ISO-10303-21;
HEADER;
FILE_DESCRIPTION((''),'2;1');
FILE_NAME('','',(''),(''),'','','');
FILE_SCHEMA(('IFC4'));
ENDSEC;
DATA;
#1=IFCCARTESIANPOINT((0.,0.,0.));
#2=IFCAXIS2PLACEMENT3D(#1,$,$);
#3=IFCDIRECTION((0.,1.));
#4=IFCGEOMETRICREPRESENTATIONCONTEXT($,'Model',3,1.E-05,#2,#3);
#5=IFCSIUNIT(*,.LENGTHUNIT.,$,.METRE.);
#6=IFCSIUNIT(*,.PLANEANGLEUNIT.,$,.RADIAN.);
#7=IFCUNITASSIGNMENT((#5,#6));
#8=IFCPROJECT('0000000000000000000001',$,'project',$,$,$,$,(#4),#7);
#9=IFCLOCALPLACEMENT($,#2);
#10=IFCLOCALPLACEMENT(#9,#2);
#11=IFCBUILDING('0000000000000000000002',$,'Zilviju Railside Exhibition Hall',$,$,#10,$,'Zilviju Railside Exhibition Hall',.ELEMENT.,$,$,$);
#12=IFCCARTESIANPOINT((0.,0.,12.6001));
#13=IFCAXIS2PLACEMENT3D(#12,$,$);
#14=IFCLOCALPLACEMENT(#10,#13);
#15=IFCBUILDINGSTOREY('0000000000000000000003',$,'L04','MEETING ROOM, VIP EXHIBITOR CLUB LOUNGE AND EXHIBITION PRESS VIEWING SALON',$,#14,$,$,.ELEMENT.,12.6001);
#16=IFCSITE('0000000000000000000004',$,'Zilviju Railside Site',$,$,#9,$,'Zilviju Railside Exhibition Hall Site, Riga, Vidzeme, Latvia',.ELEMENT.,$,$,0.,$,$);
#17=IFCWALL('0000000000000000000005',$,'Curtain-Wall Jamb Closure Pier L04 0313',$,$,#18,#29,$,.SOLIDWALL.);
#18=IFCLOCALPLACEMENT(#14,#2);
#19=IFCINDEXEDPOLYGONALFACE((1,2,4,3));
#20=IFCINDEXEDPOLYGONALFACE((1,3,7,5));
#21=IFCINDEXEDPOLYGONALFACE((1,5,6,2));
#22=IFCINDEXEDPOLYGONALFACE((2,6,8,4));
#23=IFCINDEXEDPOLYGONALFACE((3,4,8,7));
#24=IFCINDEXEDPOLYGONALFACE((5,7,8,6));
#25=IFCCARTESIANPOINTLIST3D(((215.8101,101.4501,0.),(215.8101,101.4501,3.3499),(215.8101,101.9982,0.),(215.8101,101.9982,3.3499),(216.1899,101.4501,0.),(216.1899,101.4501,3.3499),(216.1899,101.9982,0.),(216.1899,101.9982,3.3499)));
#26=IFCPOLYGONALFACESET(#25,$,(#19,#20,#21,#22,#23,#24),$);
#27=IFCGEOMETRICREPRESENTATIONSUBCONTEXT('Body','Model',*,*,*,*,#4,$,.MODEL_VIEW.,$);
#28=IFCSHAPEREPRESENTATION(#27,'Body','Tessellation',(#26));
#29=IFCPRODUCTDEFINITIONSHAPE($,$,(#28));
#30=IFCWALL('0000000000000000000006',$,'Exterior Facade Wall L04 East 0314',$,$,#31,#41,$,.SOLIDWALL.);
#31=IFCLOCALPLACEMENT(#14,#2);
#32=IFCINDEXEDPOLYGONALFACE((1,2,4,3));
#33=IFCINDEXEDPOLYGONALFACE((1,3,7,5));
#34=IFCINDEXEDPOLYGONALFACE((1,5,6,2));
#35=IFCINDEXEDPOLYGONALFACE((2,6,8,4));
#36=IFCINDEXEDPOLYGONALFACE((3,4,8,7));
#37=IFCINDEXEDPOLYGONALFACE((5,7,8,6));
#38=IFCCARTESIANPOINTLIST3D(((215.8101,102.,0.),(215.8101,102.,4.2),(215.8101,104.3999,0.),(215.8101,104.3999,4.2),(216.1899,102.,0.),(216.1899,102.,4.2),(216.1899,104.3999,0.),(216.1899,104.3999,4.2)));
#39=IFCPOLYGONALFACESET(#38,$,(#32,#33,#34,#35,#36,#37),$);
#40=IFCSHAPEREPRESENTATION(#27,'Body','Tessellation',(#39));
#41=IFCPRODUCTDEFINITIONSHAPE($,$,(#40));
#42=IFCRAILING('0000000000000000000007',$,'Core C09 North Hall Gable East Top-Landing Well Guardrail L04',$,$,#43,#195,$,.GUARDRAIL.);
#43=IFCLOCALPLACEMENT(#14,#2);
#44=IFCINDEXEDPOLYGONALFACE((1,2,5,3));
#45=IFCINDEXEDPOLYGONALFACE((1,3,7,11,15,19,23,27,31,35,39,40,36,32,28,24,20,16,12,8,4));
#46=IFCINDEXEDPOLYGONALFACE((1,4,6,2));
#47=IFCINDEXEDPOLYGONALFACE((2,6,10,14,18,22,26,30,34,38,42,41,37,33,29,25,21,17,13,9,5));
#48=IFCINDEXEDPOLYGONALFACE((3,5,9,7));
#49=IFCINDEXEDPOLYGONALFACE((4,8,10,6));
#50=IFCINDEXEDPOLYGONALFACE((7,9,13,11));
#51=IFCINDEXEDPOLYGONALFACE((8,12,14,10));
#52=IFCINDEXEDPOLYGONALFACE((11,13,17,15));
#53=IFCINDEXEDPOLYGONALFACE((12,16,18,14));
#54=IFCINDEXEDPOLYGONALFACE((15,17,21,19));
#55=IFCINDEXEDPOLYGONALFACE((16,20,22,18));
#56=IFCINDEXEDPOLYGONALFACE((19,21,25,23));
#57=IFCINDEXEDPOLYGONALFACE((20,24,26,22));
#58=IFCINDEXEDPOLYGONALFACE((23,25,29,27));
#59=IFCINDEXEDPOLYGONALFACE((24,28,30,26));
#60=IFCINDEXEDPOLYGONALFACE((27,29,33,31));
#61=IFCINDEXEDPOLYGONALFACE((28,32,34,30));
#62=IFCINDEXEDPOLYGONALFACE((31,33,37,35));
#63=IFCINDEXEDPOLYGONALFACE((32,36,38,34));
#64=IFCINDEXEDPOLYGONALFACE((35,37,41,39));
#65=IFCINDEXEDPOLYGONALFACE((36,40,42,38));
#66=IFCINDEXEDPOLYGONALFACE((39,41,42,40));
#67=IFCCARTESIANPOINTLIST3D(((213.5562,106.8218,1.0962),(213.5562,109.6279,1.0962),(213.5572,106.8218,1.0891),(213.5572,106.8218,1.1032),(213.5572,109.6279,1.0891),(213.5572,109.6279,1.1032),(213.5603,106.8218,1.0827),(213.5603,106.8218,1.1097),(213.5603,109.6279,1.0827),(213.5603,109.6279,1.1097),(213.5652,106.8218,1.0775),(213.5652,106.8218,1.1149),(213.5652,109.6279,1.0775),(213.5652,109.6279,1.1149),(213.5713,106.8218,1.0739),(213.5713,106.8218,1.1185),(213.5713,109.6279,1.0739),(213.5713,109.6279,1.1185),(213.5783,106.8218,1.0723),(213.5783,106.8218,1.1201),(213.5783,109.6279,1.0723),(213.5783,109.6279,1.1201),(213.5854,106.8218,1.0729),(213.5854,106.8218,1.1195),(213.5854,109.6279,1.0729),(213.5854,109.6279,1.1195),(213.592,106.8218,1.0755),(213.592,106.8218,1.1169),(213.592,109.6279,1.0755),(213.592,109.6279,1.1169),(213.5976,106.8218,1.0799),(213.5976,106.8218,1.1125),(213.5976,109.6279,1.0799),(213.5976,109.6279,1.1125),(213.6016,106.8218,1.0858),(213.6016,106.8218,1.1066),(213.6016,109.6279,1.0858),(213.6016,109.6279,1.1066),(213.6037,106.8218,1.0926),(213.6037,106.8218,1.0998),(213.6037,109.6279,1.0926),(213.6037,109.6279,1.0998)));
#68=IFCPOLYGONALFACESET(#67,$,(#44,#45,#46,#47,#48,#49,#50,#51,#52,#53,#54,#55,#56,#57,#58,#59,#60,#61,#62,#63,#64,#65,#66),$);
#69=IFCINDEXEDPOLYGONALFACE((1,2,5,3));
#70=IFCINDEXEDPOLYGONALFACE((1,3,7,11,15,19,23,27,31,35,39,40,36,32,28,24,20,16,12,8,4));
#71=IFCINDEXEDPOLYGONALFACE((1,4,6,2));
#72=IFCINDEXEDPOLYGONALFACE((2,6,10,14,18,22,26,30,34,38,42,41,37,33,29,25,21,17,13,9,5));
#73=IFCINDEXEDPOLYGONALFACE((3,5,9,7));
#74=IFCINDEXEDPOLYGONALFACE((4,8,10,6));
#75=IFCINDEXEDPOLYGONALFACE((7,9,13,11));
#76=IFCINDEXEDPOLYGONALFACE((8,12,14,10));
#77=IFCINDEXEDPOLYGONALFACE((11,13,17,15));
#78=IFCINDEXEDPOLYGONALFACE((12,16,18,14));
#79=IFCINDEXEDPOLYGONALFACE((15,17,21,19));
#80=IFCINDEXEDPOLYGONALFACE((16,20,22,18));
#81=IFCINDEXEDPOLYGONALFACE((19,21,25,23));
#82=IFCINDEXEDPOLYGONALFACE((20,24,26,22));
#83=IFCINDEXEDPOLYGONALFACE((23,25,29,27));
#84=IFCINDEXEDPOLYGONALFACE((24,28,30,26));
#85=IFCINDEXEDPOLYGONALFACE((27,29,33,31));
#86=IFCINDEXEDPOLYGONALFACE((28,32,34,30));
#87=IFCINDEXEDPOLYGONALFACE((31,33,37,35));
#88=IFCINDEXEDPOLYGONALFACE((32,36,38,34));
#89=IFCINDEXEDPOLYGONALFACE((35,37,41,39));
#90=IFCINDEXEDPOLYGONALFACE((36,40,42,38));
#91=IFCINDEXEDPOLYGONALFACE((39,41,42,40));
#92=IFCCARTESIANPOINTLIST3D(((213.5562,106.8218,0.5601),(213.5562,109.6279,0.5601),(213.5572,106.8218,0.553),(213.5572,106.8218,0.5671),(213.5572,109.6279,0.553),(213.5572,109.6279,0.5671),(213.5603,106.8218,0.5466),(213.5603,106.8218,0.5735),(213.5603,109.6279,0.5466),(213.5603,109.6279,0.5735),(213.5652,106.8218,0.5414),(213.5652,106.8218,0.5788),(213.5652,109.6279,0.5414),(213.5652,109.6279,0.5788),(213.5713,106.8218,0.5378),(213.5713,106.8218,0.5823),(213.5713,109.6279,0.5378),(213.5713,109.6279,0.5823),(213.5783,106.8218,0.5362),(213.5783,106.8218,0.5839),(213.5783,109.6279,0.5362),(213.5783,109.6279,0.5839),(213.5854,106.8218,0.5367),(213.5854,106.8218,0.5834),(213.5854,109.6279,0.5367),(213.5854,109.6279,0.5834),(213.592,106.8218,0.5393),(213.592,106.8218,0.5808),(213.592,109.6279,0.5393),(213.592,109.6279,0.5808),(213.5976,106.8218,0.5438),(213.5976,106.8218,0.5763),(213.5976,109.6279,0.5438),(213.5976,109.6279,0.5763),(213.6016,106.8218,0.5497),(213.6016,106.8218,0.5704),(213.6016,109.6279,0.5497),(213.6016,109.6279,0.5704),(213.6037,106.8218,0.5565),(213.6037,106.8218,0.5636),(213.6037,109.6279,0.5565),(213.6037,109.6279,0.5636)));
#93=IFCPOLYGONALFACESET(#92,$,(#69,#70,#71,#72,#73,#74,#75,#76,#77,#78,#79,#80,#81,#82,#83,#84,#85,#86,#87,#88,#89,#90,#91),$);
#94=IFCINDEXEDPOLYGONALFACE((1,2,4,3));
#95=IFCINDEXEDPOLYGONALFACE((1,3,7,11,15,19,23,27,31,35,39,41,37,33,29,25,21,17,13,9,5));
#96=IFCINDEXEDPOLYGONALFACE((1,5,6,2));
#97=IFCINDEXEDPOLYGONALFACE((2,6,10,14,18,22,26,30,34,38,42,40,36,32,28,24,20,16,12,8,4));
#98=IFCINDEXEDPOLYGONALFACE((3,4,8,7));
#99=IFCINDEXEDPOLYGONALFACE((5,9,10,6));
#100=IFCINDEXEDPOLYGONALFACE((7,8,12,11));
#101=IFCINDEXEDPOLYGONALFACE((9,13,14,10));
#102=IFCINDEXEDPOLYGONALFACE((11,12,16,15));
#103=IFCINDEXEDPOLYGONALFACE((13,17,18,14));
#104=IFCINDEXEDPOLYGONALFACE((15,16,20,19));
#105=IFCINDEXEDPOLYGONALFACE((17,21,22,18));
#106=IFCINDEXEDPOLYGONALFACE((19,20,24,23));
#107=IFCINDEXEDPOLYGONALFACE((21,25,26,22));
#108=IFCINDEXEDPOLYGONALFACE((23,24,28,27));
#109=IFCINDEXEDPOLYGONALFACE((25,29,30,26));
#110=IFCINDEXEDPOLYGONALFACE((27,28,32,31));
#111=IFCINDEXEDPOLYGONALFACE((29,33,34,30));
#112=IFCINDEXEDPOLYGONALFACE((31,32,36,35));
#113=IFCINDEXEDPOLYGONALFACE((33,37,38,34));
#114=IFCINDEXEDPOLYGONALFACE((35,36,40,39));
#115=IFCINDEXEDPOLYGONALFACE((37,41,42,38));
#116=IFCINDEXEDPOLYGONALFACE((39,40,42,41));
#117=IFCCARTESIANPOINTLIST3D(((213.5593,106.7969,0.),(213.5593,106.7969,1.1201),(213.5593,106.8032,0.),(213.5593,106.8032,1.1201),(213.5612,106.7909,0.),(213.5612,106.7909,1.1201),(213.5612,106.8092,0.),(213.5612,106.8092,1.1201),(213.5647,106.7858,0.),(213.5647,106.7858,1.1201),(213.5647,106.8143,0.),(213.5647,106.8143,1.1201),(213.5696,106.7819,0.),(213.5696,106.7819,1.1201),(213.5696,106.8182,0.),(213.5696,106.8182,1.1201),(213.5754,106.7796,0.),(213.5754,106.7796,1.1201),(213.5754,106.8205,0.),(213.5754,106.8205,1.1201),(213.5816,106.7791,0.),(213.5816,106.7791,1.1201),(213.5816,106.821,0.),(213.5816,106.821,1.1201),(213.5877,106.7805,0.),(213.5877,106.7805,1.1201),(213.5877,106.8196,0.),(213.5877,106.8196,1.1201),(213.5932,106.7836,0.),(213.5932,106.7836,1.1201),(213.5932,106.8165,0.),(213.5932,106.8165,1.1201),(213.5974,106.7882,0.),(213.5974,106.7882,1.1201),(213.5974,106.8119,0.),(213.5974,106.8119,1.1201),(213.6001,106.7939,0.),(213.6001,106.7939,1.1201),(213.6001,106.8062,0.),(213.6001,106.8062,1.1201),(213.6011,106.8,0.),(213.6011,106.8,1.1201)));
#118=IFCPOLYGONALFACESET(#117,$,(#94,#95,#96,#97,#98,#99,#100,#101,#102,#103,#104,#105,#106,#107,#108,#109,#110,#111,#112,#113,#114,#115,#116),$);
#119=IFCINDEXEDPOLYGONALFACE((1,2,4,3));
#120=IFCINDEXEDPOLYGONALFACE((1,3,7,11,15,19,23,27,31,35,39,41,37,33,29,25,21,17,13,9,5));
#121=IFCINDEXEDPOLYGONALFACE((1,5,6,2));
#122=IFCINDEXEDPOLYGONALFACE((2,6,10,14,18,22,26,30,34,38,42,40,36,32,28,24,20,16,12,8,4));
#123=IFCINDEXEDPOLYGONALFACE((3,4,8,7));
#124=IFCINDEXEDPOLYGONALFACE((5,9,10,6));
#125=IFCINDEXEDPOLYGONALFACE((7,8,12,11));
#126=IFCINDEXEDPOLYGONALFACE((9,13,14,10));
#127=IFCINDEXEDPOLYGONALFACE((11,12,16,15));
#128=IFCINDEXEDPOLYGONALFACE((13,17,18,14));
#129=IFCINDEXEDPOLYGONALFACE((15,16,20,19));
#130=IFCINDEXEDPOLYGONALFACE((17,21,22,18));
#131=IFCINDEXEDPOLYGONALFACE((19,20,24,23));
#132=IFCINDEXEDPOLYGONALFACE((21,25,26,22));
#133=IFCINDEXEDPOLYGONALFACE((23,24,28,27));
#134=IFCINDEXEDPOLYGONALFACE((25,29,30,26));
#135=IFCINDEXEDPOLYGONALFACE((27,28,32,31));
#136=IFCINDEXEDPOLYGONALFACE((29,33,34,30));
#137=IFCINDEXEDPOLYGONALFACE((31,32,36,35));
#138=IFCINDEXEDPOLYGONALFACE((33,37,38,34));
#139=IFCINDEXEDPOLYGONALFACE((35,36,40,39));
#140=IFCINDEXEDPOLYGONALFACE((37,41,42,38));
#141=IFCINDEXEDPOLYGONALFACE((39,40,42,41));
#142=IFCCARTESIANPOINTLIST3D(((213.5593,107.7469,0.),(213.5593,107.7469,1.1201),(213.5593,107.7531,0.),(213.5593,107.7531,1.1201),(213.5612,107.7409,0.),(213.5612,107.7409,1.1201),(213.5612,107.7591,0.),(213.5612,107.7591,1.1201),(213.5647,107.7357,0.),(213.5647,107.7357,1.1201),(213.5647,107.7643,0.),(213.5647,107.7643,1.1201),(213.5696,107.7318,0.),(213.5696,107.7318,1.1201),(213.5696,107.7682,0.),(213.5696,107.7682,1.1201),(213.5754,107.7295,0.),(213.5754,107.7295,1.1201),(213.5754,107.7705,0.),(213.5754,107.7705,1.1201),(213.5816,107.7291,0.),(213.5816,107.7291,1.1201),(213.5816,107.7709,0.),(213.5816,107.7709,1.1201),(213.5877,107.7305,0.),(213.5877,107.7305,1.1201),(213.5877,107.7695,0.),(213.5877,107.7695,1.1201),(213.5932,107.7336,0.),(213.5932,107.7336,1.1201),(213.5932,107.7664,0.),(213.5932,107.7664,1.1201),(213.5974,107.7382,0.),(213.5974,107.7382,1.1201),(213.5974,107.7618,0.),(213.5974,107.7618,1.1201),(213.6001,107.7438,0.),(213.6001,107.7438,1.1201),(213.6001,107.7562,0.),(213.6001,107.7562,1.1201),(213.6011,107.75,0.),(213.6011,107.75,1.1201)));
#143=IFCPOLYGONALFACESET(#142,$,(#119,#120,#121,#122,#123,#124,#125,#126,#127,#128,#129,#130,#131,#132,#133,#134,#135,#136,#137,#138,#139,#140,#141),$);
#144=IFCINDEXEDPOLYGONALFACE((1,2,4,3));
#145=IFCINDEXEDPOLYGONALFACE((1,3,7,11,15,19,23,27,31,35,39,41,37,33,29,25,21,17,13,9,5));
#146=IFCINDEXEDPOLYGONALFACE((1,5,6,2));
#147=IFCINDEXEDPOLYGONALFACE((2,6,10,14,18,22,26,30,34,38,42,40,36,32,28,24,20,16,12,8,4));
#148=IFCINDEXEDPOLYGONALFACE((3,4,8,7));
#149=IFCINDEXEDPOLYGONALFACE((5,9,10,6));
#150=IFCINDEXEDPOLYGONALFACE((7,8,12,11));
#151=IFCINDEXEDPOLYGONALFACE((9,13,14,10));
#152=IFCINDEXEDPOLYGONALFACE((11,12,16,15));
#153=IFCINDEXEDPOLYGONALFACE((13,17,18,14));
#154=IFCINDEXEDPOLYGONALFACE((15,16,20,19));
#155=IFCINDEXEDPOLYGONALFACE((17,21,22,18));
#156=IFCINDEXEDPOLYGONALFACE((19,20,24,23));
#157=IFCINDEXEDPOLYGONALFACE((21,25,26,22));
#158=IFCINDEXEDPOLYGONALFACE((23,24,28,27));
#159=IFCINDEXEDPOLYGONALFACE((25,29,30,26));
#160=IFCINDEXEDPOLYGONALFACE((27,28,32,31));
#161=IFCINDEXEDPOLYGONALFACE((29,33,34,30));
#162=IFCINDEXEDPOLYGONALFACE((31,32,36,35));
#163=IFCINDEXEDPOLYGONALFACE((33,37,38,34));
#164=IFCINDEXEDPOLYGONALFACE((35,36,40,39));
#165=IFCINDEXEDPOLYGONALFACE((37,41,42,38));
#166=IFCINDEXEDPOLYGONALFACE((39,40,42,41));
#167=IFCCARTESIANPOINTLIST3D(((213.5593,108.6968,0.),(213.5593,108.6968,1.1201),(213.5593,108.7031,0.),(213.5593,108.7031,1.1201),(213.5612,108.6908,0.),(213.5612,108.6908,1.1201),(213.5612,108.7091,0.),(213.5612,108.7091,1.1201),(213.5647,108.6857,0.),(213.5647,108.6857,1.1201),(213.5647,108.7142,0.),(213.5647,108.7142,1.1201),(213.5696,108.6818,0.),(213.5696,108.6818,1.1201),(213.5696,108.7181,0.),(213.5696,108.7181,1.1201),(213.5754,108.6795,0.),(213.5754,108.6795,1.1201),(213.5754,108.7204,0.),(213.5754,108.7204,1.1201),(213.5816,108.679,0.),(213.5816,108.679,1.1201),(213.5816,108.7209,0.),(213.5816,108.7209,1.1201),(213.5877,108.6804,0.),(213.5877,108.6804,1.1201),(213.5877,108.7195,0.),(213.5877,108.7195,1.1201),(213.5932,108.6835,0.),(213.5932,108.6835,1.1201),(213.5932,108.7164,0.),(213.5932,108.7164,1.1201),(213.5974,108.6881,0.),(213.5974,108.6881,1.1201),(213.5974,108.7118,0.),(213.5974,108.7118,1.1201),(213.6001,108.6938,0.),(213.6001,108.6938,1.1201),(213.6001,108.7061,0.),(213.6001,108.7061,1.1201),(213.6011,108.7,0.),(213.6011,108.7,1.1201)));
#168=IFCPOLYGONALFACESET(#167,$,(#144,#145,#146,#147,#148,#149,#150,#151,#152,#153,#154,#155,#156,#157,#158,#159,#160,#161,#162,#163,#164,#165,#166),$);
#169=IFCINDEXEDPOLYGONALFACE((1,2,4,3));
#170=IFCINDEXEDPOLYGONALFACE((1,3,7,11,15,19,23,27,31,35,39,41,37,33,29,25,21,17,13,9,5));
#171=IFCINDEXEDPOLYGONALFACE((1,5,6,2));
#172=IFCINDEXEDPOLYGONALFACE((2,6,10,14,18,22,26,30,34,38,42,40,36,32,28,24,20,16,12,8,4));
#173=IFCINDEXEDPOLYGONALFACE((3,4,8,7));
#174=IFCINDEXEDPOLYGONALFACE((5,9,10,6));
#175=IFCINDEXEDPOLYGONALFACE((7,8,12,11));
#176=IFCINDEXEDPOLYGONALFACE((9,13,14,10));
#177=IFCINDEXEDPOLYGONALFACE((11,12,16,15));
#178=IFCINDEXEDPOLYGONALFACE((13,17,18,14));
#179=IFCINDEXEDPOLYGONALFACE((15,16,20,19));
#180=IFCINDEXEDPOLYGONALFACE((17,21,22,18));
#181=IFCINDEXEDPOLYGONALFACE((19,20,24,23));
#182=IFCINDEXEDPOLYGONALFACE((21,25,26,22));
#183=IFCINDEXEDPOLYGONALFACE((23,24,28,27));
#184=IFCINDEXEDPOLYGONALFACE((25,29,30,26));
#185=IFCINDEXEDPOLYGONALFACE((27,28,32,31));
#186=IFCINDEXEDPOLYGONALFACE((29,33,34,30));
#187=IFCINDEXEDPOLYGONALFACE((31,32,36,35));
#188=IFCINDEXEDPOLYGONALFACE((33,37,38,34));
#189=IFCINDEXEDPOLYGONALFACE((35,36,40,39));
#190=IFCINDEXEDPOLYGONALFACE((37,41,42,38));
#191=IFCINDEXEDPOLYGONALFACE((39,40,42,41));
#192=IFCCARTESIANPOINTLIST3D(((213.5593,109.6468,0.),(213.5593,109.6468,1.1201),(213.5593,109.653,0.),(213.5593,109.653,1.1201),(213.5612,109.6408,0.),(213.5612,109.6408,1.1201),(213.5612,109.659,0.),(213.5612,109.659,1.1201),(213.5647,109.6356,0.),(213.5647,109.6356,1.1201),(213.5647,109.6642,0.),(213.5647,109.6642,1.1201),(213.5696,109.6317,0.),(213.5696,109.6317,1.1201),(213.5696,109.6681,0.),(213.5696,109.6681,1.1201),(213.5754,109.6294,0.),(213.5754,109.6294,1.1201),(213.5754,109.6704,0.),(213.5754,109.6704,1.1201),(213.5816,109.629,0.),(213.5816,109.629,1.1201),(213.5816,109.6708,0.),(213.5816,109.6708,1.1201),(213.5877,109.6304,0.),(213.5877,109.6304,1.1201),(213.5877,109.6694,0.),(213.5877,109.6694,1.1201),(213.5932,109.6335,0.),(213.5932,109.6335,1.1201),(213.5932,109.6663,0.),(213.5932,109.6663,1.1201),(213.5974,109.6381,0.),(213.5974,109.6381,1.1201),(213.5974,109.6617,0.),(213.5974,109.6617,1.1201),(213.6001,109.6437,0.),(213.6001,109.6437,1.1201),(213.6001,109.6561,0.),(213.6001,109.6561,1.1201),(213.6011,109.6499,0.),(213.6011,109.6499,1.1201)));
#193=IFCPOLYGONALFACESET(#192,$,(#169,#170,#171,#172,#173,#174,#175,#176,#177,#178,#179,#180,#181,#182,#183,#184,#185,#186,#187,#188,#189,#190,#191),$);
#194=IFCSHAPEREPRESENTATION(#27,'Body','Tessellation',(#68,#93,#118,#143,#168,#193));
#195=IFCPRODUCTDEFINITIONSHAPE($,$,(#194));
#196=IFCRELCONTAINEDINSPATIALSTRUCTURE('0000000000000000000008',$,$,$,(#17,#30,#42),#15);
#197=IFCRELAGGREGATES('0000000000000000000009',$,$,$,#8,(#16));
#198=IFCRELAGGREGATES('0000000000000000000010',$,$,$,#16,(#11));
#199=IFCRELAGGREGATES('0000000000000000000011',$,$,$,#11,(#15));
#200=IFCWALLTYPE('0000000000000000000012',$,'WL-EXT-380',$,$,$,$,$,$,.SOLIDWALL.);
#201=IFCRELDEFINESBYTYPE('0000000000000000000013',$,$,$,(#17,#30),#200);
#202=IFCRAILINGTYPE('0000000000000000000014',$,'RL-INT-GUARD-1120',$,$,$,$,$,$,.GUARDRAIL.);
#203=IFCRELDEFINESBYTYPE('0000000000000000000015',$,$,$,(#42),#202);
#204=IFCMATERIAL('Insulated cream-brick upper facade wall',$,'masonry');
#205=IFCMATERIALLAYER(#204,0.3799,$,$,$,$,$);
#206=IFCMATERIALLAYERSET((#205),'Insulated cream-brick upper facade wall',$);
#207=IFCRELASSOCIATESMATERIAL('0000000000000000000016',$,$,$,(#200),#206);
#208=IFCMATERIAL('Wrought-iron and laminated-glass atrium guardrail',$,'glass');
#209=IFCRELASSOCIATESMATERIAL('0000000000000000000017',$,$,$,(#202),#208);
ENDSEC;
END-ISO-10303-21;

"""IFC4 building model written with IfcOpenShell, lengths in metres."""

from ifc_helpers import new_model, si_unit, direction, frame, frame_2d, origin, origin_2d, place, context, subcontext, project, spatial, rectangle, circle, extrude, material, layer, layer_set, type_object, element, save


model = new_model("IFC4")

# Units and contexts
model_context = context("Model", 3, precision=1e-05, world=origin(), true_north=direction((0.0, 1.0)))
body_context = subcontext(model_context, "Body", "Model", "MODEL_VIEW")
ifc_project = project(units=[si_unit("LENGTHUNIT", "METRE"), si_unit("PLANEANGLEUNIT", "RADIAN")], contexts=[model_context])

# Site, building, storey
site_placement = place(None, origin())
site = spatial("IfcSite", under=ifc_project, at=site_placement, Name="Zilviju Railside Site", LongName="Zilviju Railside Exhibition Hall Site, Riga, Vidzeme, Latvia", CompositionType="ELEMENT", RefElevation=0.0)
building_placement = place(site_placement, origin())
building = spatial("IfcBuilding", under=site, at=building_placement, Name="Zilviju Railside Exhibition Hall", LongName="Zilviju Railside Exhibition Hall", CompositionType="ELEMENT")
storey_placement = place(building_placement, frame((0.0, 0.0, 12.6001)))
storey = spatial("IfcBuildingStorey", under=building, at=storey_placement, Name="L04", Description="MEETING ROOM, VIP EXHIBITOR CLUB LOUNGE AND EXHIBITION PRESS VIEWING SALON", CompositionType="ELEMENT", Elevation=12.6001)

# Walls
ifc_material_1 = material(Name="Insulated cream-brick upper facade wall", Category="masonry")
ifc_layer_1 = layer(ifc_material_1, 0.3799)
ifc_layer_set_1 = layer_set([ifc_layer_1], Name="Insulated cream-brick upper facade wall")
wall_type_1 = type_object("IfcWallType", Name="WL-EXT-380", PredefinedType="SOLIDWALL", material=ifc_layer_set_1)
wall_1_placement = place(storey_placement, frame((216.0, 101.998, 0.0), z_axis=(0.0, 0.0, 1.0), x_axis=(0.0, -1.0, 0.0)))
element("IfcWall", 1, at=wall_1_placement, inside=storey, type_object=wall_type_1, Name="Curtain-Wall Jamb Closure Pier L04 0313", PredefinedType="SOLIDWALL", context=body_context, shape_type="SweptSolid", body=[
    extrude(rectangle(XDim=0.5481, YDim=0.3799, at=frame_2d((0.2739, 0.0))), origin(), (0.0, 0.0, 1.0), 3.3499),
])
wall_2_placement = place(storey_placement, frame((216.0, 104.3999, 0.0), z_axis=(0.0, 0.0, 1.0), x_axis=(0.0, -1.0, 0.0)))
element("IfcWall", 2, at=wall_2_placement, inside=storey, type_object=wall_type_1, Name="Exterior Facade Wall L04 East 0314", PredefinedType="SOLIDWALL", context=body_context, shape_type="SweptSolid", body=[
    extrude(rectangle(XDim=2.3999, YDim=0.3799, at=frame_2d((1.2, 0.0))), origin(), (0.0, 0.0, 1.0), 4.2),
])

# Railing
ifc_material_2 = material(Name="Wrought-iron and laminated-glass atrium guardrail", Category="glass")
railing_type = type_object("IfcRailingType", Name="RL-INT-GUARD-1120", PredefinedType="GUARDRAIL", material=ifc_material_2)
railing_placement = place(storey_placement, frame((213.5801, 106.8, 0.0)))
element("IfcRailing", 3, at=railing_placement, inside=storey, type_object=railing_type, Name="Core C09 North Hall Gable East Top-Landing Well Guardrail L04", PredefinedType="GUARDRAIL", context=body_context, shape_type="SweptSolid", body=[
    extrude(circle(Radius=0.0239, at=origin_2d()), frame((0.0, 0.0217, 1.0962), z_axis=(0.0, 1.0, 0.0), x_axis=(-1.0, 0.0, 0.0)), (0.0, 0.0, 1.0), 2.8062),
    extrude(circle(Radius=0.0239, at=origin_2d()), frame((0.0, 0.0217, 0.5601), z_axis=(0.0, 1.0, 0.0), x_axis=(-1.0, 0.0, 0.0)), (0.0, 0.0, 1.0), 2.8062),
    extrude(circle(Radius=0.021, at=origin_2d()), origin(), (0.0, 0.0, 1.0), 1.1201),
    extrude(circle(Radius=0.021, at=origin_2d()), frame((0.0, 0.95, 0.0)), (0.0, 0.0, 1.0), 1.1201),
    extrude(circle(Radius=0.021, at=origin_2d()), frame((0.0, 1.8999, 0.0)), (0.0, 0.0, 1.0), 1.1201),
    extrude(circle(Radius=0.021, at=origin_2d()), frame((0.0, 2.8499, 0.0)), (0.0, 0.0, 1.0), 1.1201),
])

save(model, "model.ifc")
